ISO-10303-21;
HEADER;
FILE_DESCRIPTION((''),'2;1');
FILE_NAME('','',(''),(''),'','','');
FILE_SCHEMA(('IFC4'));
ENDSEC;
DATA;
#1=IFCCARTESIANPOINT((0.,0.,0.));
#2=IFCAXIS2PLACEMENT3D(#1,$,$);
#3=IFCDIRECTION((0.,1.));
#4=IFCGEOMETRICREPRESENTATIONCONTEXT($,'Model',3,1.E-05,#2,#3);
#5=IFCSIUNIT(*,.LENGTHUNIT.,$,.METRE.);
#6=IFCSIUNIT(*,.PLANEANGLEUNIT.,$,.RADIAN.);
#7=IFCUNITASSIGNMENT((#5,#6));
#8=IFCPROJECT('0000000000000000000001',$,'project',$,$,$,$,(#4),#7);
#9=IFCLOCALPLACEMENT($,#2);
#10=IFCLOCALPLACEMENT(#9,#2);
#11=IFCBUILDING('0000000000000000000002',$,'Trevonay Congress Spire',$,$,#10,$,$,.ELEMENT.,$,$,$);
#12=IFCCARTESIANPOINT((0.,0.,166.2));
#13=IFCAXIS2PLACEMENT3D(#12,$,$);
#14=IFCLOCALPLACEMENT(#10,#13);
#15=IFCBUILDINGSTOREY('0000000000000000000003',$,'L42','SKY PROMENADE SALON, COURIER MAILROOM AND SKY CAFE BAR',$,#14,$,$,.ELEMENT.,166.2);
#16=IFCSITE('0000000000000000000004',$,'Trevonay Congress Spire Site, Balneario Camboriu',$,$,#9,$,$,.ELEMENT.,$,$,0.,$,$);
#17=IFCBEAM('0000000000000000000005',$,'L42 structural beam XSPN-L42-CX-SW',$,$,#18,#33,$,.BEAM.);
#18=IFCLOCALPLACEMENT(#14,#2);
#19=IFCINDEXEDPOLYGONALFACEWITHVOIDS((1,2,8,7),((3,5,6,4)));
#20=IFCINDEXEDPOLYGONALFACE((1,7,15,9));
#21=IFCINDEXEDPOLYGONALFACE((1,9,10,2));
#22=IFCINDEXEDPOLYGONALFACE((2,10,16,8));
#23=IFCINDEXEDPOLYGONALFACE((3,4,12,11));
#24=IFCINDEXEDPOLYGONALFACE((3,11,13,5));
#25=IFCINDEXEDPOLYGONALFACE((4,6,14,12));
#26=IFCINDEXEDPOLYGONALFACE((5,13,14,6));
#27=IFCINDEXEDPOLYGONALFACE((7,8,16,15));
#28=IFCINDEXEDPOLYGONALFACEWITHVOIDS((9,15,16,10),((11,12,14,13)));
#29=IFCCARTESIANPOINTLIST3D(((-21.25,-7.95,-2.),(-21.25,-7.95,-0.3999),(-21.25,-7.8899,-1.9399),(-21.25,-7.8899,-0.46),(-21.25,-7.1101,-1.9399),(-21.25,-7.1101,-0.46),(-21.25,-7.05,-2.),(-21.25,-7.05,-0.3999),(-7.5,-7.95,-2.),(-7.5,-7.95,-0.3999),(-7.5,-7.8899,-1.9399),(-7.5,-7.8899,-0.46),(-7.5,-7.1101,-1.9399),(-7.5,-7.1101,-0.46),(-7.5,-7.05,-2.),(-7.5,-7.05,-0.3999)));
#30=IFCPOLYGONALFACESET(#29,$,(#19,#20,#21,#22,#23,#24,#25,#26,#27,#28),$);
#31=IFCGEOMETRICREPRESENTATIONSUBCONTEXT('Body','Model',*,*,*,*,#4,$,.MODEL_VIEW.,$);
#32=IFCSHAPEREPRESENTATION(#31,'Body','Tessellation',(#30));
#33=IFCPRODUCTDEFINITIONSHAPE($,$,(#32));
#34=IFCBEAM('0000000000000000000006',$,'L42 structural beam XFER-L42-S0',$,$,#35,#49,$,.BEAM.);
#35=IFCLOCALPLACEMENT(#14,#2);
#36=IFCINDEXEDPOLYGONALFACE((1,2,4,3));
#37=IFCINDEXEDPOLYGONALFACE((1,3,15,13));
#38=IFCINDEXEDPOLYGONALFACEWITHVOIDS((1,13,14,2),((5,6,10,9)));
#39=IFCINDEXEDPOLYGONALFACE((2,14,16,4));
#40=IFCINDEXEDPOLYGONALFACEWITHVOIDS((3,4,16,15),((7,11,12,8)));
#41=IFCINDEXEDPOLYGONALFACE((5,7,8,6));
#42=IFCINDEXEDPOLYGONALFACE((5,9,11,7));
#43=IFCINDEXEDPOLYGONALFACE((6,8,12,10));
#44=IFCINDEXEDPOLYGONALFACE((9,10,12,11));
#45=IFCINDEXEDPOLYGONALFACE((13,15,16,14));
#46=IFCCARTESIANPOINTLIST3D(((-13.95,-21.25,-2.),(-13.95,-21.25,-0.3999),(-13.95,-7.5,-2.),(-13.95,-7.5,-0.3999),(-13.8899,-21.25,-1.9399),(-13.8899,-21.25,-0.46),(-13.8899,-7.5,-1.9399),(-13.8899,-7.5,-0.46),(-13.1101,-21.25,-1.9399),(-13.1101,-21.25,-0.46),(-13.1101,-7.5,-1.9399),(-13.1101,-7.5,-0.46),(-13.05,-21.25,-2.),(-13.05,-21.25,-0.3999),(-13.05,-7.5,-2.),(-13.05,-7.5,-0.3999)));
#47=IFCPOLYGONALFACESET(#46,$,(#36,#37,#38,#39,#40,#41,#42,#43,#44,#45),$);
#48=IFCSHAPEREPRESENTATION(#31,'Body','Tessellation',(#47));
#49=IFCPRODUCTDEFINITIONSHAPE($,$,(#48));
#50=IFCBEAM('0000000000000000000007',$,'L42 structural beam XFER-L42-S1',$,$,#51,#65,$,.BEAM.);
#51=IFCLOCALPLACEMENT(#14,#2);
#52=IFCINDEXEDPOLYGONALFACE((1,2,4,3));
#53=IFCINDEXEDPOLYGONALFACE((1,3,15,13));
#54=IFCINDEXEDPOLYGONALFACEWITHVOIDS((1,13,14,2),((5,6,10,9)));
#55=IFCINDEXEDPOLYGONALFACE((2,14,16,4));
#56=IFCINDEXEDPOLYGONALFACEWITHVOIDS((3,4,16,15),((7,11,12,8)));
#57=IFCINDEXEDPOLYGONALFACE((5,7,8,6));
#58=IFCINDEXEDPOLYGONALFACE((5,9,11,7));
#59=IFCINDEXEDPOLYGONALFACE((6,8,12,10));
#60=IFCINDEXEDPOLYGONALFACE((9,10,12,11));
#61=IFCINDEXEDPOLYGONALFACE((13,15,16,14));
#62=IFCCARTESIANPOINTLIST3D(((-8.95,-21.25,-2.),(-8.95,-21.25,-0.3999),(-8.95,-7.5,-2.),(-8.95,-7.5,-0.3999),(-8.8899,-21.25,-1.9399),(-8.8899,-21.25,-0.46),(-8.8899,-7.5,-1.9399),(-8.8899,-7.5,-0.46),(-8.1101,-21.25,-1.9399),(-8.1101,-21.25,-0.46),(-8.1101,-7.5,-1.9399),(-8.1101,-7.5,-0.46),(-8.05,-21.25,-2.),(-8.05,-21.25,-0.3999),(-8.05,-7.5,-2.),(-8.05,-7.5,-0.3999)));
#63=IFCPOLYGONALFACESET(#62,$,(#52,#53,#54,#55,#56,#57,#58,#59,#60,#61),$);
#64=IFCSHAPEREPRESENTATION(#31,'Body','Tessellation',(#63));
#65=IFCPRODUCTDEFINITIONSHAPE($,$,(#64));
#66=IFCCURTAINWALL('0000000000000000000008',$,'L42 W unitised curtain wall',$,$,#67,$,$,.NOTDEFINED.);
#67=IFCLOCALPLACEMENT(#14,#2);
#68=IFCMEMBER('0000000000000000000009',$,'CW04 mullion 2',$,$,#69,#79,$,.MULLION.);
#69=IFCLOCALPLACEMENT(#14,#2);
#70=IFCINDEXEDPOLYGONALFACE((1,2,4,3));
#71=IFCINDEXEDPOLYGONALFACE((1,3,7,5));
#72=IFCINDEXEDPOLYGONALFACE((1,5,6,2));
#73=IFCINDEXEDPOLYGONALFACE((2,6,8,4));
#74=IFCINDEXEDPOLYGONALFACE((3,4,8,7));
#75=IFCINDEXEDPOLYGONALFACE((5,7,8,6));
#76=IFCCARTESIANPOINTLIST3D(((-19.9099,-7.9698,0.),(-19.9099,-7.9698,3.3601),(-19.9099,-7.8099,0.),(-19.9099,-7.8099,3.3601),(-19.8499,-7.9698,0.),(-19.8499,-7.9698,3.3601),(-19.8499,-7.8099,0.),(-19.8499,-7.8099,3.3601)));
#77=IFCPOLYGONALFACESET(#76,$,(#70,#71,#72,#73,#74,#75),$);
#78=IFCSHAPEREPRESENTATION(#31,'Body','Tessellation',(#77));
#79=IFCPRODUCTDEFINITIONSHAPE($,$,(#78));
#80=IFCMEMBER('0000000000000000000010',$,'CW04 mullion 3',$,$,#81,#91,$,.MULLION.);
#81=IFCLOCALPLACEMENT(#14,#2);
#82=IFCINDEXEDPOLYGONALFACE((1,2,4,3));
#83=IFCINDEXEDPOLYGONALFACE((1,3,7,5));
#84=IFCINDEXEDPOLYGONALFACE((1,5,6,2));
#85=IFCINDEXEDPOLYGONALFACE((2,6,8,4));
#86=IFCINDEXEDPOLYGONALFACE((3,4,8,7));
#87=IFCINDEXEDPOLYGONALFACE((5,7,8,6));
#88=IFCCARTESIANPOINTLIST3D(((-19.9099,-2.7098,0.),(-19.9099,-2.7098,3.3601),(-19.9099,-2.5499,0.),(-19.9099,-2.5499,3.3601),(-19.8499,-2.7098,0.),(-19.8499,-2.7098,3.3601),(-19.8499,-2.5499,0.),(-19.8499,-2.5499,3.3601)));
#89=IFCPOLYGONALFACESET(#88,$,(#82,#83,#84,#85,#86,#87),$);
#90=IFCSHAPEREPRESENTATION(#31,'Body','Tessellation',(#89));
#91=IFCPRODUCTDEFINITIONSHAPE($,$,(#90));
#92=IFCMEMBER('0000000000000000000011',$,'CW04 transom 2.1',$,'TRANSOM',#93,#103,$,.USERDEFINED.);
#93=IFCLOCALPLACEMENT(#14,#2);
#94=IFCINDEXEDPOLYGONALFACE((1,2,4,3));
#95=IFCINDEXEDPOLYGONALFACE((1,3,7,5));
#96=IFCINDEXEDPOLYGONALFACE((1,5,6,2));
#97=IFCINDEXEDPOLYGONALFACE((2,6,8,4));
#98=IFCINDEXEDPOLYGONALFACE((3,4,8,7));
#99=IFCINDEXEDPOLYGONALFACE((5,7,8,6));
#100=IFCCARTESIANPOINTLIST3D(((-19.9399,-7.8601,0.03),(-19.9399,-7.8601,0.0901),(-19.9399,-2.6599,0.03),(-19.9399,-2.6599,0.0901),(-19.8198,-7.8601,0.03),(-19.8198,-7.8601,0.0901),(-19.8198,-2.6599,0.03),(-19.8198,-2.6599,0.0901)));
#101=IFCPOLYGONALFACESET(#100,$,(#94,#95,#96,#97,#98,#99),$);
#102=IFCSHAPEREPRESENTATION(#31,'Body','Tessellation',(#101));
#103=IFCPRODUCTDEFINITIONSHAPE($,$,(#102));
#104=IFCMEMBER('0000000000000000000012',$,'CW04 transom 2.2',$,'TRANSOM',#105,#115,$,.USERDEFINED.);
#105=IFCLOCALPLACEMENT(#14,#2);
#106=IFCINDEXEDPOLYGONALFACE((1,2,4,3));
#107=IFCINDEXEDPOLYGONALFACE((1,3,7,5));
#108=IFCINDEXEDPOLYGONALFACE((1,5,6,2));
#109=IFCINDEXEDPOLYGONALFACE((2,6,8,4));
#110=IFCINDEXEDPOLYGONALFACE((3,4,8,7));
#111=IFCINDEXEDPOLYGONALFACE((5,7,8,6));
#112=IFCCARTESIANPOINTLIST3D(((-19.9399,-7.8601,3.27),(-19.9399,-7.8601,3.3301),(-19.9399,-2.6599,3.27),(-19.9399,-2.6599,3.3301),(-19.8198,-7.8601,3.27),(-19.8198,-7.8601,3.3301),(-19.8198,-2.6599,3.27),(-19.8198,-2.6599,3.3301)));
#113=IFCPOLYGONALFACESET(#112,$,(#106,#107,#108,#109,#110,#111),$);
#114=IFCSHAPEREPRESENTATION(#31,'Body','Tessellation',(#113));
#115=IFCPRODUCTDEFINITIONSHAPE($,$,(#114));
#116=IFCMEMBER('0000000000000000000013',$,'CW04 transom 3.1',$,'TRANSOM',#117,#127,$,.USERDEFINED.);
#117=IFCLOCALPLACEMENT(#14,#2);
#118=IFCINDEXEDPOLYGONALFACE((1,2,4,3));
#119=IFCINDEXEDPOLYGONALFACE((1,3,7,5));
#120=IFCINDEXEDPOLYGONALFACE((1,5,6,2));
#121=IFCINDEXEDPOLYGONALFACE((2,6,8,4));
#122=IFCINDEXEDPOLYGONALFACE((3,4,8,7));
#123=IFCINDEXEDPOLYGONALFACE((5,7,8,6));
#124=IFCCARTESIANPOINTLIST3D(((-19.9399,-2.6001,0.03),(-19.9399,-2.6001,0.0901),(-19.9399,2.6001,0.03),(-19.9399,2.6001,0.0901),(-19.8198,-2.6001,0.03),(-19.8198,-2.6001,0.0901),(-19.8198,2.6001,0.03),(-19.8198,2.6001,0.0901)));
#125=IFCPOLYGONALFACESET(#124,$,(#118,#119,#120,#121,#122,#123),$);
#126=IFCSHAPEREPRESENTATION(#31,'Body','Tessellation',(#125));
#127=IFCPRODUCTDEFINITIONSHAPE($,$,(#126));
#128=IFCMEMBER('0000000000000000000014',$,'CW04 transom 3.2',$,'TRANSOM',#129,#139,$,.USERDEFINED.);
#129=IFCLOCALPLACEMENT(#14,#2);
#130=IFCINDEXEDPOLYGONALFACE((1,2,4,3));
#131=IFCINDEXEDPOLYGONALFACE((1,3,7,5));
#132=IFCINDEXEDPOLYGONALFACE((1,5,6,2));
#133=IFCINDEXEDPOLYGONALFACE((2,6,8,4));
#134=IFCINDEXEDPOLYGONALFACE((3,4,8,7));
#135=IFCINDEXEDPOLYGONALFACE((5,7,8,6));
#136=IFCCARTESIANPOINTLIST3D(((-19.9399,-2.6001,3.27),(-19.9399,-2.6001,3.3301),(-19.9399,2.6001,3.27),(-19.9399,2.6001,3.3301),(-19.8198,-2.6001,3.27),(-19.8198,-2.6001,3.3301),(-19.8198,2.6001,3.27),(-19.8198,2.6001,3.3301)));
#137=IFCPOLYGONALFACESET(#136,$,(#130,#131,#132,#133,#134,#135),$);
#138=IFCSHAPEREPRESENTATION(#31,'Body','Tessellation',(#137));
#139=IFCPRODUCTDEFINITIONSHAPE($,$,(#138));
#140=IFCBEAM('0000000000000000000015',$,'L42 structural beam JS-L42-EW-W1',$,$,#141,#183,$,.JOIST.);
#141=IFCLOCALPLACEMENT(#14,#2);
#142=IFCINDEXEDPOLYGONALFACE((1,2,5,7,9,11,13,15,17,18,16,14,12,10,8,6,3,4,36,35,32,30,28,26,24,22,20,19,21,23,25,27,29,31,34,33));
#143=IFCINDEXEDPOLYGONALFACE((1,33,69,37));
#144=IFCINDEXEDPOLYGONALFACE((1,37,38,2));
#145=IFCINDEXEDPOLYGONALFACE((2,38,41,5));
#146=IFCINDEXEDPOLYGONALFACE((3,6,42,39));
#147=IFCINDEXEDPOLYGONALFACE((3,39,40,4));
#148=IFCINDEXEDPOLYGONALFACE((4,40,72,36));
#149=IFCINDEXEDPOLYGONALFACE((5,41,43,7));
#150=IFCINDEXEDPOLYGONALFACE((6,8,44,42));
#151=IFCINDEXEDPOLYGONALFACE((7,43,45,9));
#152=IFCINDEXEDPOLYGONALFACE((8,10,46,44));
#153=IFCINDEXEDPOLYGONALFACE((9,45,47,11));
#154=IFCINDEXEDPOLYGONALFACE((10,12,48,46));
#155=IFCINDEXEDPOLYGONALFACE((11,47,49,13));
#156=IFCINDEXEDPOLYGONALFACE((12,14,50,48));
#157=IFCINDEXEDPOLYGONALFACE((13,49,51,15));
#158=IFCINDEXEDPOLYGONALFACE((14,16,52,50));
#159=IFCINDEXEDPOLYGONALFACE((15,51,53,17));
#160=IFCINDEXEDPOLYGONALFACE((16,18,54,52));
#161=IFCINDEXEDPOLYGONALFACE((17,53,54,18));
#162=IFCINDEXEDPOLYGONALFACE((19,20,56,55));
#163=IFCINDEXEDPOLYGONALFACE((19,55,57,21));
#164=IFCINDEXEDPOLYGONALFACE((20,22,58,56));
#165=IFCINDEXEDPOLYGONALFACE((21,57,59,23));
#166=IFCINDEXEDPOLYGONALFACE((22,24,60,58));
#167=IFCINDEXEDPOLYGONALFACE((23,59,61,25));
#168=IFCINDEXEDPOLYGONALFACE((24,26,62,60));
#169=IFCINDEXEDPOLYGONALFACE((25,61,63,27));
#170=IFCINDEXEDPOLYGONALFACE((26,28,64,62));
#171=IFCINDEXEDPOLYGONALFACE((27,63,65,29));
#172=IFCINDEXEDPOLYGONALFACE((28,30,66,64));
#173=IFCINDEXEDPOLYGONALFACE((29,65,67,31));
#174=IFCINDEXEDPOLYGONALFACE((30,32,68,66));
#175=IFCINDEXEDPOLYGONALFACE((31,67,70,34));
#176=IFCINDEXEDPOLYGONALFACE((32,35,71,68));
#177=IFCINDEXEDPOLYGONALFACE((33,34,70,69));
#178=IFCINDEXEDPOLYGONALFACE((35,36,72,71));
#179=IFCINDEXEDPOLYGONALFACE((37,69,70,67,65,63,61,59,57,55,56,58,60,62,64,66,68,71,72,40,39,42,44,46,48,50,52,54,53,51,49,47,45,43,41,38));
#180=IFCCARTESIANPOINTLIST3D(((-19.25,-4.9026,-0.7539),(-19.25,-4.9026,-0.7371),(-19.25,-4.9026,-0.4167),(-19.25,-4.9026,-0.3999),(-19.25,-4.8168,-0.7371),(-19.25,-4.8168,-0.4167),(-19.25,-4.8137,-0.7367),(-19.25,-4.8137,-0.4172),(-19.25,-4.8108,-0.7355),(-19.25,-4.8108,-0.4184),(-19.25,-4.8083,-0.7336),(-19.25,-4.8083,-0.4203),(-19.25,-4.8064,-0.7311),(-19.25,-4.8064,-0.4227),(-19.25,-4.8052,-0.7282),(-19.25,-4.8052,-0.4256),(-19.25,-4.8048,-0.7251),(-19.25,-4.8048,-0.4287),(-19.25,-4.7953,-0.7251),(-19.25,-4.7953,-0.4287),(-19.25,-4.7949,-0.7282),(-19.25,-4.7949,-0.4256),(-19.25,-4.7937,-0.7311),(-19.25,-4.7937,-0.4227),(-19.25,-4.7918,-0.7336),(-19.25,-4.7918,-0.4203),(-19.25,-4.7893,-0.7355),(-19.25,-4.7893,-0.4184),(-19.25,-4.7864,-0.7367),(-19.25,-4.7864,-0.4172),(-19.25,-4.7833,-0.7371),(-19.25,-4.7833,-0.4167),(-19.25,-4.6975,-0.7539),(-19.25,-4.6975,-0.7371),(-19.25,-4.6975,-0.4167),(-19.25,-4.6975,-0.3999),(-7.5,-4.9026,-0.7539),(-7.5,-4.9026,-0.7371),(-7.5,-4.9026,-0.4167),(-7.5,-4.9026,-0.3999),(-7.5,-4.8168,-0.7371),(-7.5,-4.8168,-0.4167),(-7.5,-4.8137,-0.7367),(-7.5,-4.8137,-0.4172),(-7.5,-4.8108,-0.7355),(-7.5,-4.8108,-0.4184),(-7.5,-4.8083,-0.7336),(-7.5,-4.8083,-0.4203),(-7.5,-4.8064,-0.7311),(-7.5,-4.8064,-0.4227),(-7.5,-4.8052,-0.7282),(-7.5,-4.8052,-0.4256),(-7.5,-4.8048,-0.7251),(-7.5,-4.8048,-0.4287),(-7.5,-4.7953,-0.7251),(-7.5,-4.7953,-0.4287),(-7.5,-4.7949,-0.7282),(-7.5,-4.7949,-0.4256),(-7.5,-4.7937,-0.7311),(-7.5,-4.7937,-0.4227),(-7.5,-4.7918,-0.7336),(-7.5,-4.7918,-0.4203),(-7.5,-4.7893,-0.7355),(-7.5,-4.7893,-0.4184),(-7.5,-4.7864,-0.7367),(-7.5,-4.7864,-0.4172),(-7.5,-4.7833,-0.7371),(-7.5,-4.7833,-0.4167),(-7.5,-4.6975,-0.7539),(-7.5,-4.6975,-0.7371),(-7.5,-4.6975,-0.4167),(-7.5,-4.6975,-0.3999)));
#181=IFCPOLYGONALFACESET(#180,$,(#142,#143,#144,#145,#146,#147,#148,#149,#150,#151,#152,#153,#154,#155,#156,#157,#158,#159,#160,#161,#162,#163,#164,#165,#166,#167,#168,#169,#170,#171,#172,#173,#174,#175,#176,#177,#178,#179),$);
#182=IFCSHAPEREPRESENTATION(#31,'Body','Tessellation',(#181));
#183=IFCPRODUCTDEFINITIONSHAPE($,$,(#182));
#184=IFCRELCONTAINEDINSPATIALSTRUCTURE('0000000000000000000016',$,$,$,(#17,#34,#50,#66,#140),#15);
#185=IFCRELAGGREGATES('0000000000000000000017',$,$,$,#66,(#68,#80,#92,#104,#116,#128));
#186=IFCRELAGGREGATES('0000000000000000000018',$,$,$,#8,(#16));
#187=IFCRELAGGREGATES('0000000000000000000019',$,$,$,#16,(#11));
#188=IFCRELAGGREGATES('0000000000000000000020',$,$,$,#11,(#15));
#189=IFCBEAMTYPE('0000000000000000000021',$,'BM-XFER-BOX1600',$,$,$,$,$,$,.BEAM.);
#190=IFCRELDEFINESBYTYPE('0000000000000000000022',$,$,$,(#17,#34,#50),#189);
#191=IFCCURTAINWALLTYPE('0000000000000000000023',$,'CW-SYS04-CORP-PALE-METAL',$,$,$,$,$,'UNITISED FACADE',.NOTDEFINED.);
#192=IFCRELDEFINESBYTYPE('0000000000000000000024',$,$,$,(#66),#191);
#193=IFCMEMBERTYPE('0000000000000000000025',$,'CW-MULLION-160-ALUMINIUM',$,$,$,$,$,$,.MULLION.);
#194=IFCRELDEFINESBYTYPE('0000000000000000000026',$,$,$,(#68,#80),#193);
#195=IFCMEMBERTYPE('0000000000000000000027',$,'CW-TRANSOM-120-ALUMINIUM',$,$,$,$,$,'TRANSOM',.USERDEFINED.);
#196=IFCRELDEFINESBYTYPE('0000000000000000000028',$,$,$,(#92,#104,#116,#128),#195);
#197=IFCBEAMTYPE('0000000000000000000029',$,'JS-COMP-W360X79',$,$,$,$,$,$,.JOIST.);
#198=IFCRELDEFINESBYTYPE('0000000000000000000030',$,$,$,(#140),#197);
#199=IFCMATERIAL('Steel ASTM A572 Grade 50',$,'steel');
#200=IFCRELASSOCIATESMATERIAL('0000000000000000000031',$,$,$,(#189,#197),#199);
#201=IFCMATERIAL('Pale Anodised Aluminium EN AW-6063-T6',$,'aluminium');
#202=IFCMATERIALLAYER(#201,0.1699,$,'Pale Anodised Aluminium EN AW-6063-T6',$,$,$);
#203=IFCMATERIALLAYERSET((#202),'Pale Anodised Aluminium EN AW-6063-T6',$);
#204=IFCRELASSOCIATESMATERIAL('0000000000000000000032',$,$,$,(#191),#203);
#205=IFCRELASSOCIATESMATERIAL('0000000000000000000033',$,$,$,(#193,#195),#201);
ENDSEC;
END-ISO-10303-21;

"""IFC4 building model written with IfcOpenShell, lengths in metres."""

from ifc_helpers import new_model, si_unit, direction, frame, origin, origin_2d, place, context, subcontext, project, spatial, rectangle, hollow_rectangle, i_section, extrude, material, layer, layer_set, material_profile, profile_set, type_object, element, aggregate, save


model = new_model("IFC4")

# Units and contexts
model_context = context("Model", 3, precision=1e-05, world=origin(), true_north=direction((0.0, 1.0)))
body_context = subcontext(model_context, "Body", "Model", "MODEL_VIEW")
ifc_project = project(units=[si_unit("LENGTHUNIT", "METRE"), si_unit("PLANEANGLEUNIT", "RADIAN")], contexts=[model_context])

# Site, building, storey
site_placement = place(None, origin())
site = spatial("IfcSite", under=ifc_project, at=site_placement, Name="Trevonay Congress Spire Site, Balneario Camboriu", CompositionType="ELEMENT", RefElevation=0.0)
building_placement = place(site_placement, origin())
building = spatial("IfcBuilding", under=site, at=building_placement, Name="Trevonay Congress Spire", CompositionType="ELEMENT")
storey_placement = place(building_placement, frame((0.0, 0.0, 166.2)))
storey = spatial("IfcBuildingStorey", under=building, at=storey_placement, Name="L42", Description="SKY PROMENADE SALON, COURIER MAILROOM AND SKY CAFE BAR", CompositionType="ELEMENT", Elevation=166.2)

# Shared definitions
ifc_material_1 = material(Name="Steel ASTM A572 Grade 50", Category="steel")

# Beams
ifc_material_profile_1 = material_profile(ifc_material_1, hollow_rectangle(XDim=0.8999, YDim=1.6001, WallThickness=0.0601, at=origin_2d()), Name="BOX 1600x900x60")
ifc_profile_set_1 = profile_set([ifc_material_profile_1], Name="Steel ASTM A572 Grade 50")
beam_type_1 = type_object("IfcBeamType", Name="BM-XFER-BOX1600", PredefinedType="BEAM", material=ifc_profile_set_1)
for number, where, z_axis, x_axis, name in (
    (1, (-7.5, -7.5, -1.2), (-1.0, 0.0, 0.0), (0.0, -1.0, 0.0), "L42 structural beam XSPN-L42-CX-SW"),
    (2, (-13.5, -7.5, -1.2), (0.0, -1.0, 0.0), (1.0, 0.0, 0.0), "L42 structural beam XFER-L42-S0"),
    (3, (-8.5, -7.5, -1.2), (0.0, -1.0, 0.0), (1.0, 0.0, 0.0), "L42 structural beam XFER-L42-S1"),
):
    element("IfcBeam", number, at=place(storey_placement, frame(where, z_axis=z_axis, x_axis=x_axis)), inside=storey, type_object=beam_type_1, Name=name, PredefinedType="BEAM", context=body_context, shape_type="SweptSolid", body=[
        extrude(hollow_rectangle(XDim=0.8999, YDim=1.6001, WallThickness=0.0601, at=origin_2d()), origin(), (0.0, 0.0, 1.0), 13.75),
    ])

# Curtain wall, members
ifc_material_2 = material(Name="Pale Anodised Aluminium EN AW-6063-T6", Category="aluminium")
ifc_layer_1 = layer(ifc_material_2, 0.1699, Name="Pale Anodised Aluminium EN AW-6063-T6")
ifc_layer_set_1 = layer_set([ifc_layer_1], Name="Pale Anodised Aluminium EN AW-6063-T6")
curtain_wall_type = type_object("IfcCurtainWallType", Name="CW-SYS04-CORP-PALE-METAL", ElementType="UNITISED FACADE", PredefinedType="NOTDEFINED", material=ifc_layer_set_1)
curtain_wall_placement = place(storey_placement, origin())
curtain_wall = element("IfcCurtainWall", 4, at=curtain_wall_placement, inside=storey, type_object=curtain_wall_type, Name="L42 W unitised curtain wall", PredefinedType="NOTDEFINED")
ifc_material_profile_2 = material_profile(ifc_material_2, rectangle(XDim=0.0601, YDim=0.1599, at=origin_2d()), Name="CW-MULLION-160-ALUMINIUM")
ifc_profile_set_2 = profile_set([ifc_material_profile_2], Name="Pale Anodised Aluminium EN AW-6063-T6")
member_type_1 = type_object("IfcMemberType", Name="CW-MULLION-160-ALUMINIUM", PredefinedType="MULLION", material=ifc_profile_set_2)
member_1_placement = place(storey_placement, frame((-19.8799, -7.8899, 0.0), z_axis=(0.0, 0.0, 1.0), x_axis=(-1.0, 0.0, 0.0)))
member_1 = element("IfcMember", 5, at=member_1_placement, type_object=member_type_1, Name="CW04 mullion 2", PredefinedType="MULLION", context=body_context, shape_type="SweptSolid", body=[
    extrude(rectangle(XDim=0.0601, YDim=0.1599, at=origin_2d()), origin(), (0.0, 0.0, 1.0), 3.3601),
])
member_2_placement = place(storey_placement, frame((-19.8799, -2.6299, 0.0), z_axis=(0.0, 0.0, 1.0), x_axis=(-1.0, 0.0, 0.0)))
member_2 = element("IfcMember", 6, at=member_2_placement, type_object=member_type_1, Name="CW04 mullion 3", PredefinedType="MULLION", context=body_context, shape_type="SweptSolid", body=[
    extrude(rectangle(XDim=0.0601, YDim=0.1599, at=origin_2d()), origin(), (0.0, 0.0, 1.0), 3.3601),
])
ifc_material_profile_3 = material_profile(ifc_material_2, rectangle(XDim=0.1201, YDim=0.0601, at=origin_2d()), Name="CW-TRANSOM-120-ALUMINIUM")
ifc_profile_set_3 = profile_set([ifc_material_profile_3], Name="Pale Anodised Aluminium EN AW-6063-T6")
member_type_2 = type_object("IfcMemberType", Name="CW-TRANSOM-120-ALUMINIUM", ElementType="TRANSOM", PredefinedType="USERDEFINED", material=ifc_profile_set_3)
member_3_placement = place(storey_placement, frame((-19.8799, -7.8601, 0.0601), z_axis=(0.0, 1.0, 0.0), x_axis=(-1.0, 0.0, 0.0)))
member_3 = element("IfcMember", 7, at=member_3_placement, type_object=member_type_2, Name="CW04 transom 2.1", ObjectType="TRANSOM", PredefinedType="USERDEFINED", context=body_context, shape_type="SweptSolid", body=[
    extrude(rectangle(XDim=0.1201, YDim=0.0601, at=origin_2d()), origin(), (0.0, 0.0, 1.0), 5.2002),
])
member_4_placement = place(storey_placement, frame((-19.8799, -7.8601, 3.3), z_axis=(0.0, 1.0, 0.0), x_axis=(-1.0, 0.0, 0.0)))
member_4 = element("IfcMember", 8, at=member_4_placement, type_object=member_type_2, Name="CW04 transom 2.2", ObjectType="TRANSOM", PredefinedType="USERDEFINED", context=body_context, shape_type="SweptSolid", body=[
    extrude(rectangle(XDim=0.1201, YDim=0.0601, at=origin_2d()), origin(), (0.0, 0.0, 1.0), 5.2002),
])
member_5_placement = place(storey_placement, frame((-19.8799, -2.6001, 0.0601), z_axis=(0.0, 1.0, 0.0), x_axis=(-1.0, 0.0, 0.0)))
member_5 = element("IfcMember", 9, at=member_5_placement, type_object=member_type_2, Name="CW04 transom 3.1", ObjectType="TRANSOM", PredefinedType="USERDEFINED", context=body_context, shape_type="SweptSolid", body=[
    extrude(rectangle(XDim=0.1201, YDim=0.0601, at=origin_2d()), origin(), (0.0, 0.0, 1.0), 5.2002),
])
member_6_placement = place(storey_placement, frame((-19.8799, -2.6001, 3.3), z_axis=(0.0, 1.0, 0.0), x_axis=(-1.0, 0.0, 0.0)))
member_6 = element("IfcMember", 10, at=member_6_placement, type_object=member_type_2, Name="CW04 transom 3.2", ObjectType="TRANSOM", PredefinedType="USERDEFINED", context=body_context, shape_type="SweptSolid", body=[
    extrude(rectangle(XDim=0.1201, YDim=0.0601, at=origin_2d()), origin(), (0.0, 0.0, 1.0), 5.2002),
])

# Beam
ifc_material_profile_4 = material_profile(ifc_material_1, i_section(OverallWidth=0.2051, OverallDepth=0.354, WebThickness=0.0095, FlangeThickness=0.0168, FilletRadius=0.012, at=origin_2d()), Name="W360x79")
ifc_profile_set_4 = profile_set([ifc_material_profile_4], Name="Steel ASTM A572 Grade 50")
beam_type_2 = type_object("IfcBeamType", Name="JS-COMP-W360X79", PredefinedType="JOIST", material=ifc_profile_set_4)
for number, where, z_axis, x_axis, name in (
    (11, (-19.25, -4.8, -0.5769), (1.0, 0.0, 0.0), (0.0, 1.0, 0.0), "L42 structural beam JS-L42-EW-W1"),
):
    element("IfcBeam", number, at=place(storey_placement, frame(where, z_axis=z_axis, x_axis=x_axis)), inside=storey, type_object=beam_type_2, Name=name, PredefinedType="JOIST", context=body_context, shape_type="SweptSolid", body=[
        extrude(i_section(OverallWidth=0.2051, OverallDepth=0.354, WebThickness=0.0095, FlangeThickness=0.0168, FilletRadius=0.012, at=origin_2d()), origin(), (0.0, 0.0, 1.0), 11.75),
    ])

aggregate(curtain_wall, [member_1, member_2, member_3, member_4, member_5, member_6])

save(model, "model.ifc")
